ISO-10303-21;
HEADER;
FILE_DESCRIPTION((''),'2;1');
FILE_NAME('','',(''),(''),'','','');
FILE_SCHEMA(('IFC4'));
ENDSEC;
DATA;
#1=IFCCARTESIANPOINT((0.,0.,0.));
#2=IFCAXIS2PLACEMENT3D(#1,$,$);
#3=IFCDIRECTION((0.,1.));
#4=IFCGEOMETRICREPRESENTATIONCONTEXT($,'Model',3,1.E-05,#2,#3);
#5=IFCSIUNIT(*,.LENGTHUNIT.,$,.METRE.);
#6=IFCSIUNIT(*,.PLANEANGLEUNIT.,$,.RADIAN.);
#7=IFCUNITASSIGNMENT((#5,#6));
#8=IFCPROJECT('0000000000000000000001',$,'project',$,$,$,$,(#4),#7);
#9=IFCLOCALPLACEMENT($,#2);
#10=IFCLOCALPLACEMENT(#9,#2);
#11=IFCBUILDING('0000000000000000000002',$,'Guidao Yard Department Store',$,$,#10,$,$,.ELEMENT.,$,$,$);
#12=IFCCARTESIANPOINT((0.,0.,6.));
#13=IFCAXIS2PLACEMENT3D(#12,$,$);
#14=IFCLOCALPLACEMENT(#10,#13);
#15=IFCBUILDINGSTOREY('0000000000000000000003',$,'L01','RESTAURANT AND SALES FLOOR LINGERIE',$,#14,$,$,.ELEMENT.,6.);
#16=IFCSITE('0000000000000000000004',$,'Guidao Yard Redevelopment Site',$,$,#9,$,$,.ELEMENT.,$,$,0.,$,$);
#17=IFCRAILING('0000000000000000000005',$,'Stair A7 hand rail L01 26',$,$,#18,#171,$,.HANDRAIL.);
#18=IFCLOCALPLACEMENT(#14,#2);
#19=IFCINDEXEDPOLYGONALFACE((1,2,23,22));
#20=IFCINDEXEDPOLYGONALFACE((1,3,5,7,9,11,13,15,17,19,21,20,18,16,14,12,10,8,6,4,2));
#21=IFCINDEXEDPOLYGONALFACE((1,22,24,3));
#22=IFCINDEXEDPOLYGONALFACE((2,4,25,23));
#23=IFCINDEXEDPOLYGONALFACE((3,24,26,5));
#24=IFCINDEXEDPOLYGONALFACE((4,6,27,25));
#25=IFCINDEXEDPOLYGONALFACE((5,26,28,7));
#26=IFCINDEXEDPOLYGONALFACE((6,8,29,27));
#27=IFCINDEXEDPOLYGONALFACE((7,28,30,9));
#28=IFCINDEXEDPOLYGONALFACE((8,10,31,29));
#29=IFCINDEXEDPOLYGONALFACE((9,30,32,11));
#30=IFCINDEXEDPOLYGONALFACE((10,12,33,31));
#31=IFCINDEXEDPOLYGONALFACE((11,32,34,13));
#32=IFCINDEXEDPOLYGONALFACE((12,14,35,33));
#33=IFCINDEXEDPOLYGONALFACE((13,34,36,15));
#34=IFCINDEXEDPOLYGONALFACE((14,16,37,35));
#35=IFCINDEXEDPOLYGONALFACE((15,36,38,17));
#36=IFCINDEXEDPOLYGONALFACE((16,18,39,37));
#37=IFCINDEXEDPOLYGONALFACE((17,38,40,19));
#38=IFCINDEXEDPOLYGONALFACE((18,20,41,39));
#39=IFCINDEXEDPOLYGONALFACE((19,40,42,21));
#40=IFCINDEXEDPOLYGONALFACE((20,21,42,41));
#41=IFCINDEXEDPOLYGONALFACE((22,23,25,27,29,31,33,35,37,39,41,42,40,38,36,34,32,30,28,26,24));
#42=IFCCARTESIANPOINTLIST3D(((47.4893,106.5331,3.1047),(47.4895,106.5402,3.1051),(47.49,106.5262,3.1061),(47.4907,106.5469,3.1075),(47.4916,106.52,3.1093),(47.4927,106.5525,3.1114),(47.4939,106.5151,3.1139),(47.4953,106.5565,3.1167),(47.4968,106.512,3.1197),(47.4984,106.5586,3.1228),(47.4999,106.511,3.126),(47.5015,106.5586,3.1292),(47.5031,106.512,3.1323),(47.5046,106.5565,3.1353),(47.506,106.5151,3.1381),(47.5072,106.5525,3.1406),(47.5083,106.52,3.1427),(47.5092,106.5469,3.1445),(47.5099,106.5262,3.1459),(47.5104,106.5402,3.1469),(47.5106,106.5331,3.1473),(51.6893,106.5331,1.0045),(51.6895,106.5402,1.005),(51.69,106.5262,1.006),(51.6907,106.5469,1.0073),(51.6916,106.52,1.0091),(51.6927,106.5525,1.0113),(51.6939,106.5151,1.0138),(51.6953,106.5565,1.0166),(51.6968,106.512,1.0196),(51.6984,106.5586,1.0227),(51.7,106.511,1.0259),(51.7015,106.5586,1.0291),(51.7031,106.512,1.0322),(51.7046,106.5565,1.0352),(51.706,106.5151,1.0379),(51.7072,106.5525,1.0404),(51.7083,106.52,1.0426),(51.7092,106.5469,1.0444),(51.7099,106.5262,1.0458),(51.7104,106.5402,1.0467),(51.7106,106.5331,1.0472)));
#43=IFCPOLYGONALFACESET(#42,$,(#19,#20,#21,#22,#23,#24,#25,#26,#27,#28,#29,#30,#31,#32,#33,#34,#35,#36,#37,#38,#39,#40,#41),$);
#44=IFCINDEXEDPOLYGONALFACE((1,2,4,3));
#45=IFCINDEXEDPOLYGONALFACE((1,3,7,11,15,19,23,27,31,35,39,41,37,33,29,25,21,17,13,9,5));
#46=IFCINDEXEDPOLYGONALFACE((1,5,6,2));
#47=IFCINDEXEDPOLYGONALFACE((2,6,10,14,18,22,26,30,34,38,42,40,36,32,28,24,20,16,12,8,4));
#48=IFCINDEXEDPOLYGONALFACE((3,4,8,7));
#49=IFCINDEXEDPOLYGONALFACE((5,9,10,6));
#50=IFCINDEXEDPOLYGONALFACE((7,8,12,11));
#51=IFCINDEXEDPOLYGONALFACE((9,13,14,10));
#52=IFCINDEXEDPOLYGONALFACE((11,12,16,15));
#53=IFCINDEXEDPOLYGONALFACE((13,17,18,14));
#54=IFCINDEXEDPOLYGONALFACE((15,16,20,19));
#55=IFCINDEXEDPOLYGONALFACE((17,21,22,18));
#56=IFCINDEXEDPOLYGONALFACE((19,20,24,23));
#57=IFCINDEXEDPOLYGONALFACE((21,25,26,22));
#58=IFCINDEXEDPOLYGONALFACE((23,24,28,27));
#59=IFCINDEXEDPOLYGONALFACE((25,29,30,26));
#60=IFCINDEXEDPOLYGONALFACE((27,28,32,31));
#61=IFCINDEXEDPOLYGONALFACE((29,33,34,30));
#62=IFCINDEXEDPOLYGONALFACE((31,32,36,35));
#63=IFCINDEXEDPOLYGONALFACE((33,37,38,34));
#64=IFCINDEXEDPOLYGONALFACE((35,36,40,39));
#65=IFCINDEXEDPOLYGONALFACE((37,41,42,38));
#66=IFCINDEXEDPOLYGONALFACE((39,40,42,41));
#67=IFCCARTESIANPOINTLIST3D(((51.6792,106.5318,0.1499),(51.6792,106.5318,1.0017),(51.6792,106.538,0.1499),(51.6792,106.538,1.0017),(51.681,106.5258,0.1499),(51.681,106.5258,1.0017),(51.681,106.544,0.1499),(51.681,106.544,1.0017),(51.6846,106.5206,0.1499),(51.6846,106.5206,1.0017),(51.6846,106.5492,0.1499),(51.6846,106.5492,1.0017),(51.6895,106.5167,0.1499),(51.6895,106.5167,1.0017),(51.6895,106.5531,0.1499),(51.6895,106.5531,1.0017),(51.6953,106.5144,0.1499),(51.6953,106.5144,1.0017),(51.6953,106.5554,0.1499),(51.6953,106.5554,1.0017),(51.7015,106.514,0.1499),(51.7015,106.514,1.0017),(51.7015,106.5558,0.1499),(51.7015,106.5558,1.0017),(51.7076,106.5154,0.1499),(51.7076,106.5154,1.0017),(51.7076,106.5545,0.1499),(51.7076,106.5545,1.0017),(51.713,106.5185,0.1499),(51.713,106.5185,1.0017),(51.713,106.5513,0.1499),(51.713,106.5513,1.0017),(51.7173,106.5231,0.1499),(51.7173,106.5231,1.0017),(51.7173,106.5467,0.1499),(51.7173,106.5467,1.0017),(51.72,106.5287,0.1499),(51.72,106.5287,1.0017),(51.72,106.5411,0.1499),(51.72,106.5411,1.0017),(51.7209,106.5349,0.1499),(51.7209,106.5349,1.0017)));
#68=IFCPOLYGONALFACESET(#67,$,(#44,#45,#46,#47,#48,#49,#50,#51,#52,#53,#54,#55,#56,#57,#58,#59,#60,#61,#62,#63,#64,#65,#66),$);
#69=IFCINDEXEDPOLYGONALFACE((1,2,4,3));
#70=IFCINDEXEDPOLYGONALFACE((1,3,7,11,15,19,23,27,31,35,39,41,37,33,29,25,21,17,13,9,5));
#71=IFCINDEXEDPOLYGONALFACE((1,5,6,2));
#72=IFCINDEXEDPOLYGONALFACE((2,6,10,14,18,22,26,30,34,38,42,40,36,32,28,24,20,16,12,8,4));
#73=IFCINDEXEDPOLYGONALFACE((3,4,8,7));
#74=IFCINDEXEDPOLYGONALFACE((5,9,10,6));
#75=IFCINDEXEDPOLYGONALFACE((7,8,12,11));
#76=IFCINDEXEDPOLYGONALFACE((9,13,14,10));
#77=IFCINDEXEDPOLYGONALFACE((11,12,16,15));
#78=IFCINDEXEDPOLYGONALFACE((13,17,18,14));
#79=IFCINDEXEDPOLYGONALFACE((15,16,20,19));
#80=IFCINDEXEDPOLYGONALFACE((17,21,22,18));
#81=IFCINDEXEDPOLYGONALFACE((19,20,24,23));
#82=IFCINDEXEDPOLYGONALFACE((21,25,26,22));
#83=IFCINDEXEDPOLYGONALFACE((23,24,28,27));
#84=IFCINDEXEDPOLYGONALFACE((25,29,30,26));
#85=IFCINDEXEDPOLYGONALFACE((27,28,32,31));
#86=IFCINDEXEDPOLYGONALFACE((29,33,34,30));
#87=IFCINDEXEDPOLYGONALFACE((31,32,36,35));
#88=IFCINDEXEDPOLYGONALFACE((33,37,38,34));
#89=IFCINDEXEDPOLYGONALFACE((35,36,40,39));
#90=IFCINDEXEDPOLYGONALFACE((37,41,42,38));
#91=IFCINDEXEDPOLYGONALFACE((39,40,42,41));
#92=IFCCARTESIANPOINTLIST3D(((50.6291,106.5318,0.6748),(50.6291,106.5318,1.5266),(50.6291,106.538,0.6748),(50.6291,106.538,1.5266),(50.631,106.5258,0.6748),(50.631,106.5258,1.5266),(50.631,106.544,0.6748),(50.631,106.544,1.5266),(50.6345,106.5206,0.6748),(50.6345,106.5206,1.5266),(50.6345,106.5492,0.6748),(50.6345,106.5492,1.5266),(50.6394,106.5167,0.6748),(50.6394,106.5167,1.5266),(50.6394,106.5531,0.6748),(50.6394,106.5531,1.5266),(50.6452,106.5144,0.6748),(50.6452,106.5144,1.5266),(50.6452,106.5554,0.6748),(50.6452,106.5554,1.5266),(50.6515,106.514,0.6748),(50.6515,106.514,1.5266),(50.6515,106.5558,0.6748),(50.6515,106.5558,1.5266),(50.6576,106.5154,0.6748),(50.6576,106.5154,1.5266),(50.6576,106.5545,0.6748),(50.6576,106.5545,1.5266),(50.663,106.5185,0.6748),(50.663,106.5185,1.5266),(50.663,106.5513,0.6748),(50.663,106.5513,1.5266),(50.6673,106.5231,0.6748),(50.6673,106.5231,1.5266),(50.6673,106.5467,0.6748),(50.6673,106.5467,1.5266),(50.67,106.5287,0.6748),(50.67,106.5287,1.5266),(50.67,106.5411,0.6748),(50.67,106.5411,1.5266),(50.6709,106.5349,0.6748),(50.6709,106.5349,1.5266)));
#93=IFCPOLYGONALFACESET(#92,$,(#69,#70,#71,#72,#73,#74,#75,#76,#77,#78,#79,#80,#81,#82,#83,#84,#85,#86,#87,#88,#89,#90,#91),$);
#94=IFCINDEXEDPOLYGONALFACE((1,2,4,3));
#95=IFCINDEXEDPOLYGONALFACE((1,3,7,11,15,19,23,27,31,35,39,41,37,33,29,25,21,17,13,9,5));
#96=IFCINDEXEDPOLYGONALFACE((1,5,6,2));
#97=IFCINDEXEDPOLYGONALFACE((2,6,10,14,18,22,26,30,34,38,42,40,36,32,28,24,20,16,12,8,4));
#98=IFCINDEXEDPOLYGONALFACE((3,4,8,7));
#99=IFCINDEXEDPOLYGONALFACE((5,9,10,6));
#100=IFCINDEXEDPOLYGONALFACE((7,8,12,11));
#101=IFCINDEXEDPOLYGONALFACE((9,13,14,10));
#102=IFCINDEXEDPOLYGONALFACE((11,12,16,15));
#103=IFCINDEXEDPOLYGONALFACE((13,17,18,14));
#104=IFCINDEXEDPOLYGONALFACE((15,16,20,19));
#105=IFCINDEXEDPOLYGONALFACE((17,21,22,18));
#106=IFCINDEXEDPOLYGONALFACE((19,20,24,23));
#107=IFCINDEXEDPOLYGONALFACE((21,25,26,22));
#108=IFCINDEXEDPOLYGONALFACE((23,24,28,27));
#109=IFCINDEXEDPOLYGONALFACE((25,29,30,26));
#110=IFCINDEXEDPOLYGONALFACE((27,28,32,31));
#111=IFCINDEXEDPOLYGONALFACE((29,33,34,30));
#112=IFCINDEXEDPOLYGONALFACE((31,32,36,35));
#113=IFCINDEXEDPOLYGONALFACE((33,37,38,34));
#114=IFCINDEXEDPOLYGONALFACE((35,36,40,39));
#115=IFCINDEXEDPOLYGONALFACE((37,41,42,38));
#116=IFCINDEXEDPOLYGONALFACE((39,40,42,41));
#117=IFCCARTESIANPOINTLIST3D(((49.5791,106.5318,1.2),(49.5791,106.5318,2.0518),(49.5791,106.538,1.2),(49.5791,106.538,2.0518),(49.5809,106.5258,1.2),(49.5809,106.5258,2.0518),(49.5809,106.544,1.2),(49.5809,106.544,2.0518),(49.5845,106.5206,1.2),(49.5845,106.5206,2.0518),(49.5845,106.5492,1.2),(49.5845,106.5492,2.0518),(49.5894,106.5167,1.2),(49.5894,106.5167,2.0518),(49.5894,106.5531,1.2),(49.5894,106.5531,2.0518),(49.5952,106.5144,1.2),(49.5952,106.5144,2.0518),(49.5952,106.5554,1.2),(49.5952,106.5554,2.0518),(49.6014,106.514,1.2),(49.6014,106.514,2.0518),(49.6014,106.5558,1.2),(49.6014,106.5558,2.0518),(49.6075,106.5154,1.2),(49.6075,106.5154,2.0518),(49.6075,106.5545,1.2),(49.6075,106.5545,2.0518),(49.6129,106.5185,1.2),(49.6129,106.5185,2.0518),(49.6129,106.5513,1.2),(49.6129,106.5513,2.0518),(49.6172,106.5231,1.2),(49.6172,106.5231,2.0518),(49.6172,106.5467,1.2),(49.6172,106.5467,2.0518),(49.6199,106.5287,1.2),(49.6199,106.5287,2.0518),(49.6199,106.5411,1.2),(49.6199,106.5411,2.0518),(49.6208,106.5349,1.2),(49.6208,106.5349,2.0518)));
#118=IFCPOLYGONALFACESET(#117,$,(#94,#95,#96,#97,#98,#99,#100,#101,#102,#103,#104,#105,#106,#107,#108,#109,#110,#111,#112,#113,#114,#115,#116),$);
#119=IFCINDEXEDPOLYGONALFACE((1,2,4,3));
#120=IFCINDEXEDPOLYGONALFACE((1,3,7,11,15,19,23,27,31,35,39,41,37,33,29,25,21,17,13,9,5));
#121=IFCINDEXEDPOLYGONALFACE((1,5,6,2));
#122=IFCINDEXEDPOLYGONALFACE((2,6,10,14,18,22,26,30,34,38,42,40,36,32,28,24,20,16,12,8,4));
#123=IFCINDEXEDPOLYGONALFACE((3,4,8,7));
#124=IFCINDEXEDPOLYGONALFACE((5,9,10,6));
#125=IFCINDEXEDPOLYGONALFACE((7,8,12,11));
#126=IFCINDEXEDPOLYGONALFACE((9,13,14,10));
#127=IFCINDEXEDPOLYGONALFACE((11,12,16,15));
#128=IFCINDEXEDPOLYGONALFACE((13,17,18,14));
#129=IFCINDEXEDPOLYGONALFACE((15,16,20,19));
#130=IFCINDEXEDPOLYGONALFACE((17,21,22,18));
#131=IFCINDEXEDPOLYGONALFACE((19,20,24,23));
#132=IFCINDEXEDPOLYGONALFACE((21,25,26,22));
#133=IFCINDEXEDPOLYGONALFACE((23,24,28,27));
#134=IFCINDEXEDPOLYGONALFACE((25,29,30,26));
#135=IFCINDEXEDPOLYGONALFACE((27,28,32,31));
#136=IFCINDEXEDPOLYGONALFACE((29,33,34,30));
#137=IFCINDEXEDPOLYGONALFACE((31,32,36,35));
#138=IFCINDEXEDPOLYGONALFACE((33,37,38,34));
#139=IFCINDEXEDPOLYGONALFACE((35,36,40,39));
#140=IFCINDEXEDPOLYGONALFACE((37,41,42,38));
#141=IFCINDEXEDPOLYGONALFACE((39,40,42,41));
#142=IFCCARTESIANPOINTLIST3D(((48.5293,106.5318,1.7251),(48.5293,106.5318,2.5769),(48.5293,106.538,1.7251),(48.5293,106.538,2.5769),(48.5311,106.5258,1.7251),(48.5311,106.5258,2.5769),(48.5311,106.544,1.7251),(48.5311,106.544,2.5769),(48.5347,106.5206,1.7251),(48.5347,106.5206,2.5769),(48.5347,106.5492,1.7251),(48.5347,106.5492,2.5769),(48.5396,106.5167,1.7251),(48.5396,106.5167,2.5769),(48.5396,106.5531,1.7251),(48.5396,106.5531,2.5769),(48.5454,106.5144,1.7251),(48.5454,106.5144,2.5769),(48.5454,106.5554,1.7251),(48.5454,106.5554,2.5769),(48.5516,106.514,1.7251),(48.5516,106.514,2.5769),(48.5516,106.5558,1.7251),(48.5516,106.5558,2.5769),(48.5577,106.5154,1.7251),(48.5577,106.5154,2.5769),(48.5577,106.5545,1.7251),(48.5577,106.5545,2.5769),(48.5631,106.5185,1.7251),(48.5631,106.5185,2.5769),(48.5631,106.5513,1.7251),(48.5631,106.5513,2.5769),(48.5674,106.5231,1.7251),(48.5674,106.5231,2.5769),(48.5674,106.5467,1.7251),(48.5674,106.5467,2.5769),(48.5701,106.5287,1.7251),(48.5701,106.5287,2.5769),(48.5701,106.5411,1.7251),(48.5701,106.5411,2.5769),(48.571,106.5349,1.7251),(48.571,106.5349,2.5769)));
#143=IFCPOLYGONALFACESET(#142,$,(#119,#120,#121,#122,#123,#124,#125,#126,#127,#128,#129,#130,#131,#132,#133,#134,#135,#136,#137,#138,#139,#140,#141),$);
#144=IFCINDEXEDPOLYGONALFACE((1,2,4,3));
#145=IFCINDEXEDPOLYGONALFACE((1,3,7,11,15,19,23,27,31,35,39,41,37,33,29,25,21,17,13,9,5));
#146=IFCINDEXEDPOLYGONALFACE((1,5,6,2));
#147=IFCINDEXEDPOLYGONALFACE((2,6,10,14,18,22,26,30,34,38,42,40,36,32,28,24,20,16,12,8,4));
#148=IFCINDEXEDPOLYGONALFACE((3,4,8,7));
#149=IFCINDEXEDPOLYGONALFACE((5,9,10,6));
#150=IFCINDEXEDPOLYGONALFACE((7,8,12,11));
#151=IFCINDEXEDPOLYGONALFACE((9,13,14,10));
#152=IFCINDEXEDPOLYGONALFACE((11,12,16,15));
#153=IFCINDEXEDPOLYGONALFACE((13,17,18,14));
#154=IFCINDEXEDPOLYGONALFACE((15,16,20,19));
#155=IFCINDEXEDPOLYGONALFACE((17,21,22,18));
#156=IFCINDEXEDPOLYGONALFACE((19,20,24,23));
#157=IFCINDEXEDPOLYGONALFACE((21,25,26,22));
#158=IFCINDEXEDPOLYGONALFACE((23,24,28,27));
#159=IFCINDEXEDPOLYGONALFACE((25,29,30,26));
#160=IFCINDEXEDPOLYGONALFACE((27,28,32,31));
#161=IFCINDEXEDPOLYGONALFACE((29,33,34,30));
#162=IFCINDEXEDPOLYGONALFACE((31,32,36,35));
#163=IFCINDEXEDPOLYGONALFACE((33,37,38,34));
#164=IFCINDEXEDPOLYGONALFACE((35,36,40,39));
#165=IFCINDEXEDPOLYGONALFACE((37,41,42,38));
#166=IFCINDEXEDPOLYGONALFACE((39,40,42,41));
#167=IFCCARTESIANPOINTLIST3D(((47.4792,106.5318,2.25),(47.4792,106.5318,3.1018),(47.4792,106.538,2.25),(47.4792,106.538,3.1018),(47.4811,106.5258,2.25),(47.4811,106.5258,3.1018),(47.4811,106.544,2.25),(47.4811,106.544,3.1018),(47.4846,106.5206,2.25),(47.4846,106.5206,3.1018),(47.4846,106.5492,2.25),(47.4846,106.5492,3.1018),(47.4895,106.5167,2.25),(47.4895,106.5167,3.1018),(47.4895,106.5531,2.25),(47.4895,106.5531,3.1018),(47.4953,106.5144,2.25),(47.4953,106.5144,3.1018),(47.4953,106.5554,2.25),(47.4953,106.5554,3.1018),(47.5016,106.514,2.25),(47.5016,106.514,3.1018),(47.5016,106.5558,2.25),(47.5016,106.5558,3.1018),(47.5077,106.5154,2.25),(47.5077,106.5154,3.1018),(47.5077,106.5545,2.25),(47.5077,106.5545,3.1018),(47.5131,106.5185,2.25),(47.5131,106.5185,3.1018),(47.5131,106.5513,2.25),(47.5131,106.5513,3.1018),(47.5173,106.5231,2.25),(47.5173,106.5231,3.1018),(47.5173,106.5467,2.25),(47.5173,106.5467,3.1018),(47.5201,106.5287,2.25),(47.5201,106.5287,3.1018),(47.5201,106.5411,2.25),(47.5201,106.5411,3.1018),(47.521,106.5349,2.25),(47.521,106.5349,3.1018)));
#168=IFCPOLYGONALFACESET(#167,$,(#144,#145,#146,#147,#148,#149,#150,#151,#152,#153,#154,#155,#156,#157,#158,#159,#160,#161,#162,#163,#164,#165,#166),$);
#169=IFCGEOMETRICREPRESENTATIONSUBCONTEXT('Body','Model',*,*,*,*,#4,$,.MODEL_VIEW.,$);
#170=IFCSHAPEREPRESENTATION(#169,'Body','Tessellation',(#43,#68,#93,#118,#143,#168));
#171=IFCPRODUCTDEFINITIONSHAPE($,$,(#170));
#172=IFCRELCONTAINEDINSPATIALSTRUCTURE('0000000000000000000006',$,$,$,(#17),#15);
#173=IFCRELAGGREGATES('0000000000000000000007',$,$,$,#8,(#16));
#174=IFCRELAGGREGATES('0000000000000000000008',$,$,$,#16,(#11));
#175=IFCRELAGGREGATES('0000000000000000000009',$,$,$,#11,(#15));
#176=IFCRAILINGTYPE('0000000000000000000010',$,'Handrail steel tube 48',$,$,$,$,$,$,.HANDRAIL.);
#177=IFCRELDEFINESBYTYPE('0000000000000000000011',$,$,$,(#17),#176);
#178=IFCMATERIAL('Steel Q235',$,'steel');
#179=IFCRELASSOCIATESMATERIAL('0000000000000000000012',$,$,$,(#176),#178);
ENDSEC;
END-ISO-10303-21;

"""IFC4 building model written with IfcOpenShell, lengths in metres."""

from ifc_helpers import new_model, si_unit, direction, frame, origin, origin_2d, place, context, subcontext, project, spatial, circle, extrude, material, type_object, element, save


model = new_model("IFC4")

# Units and contexts
model_context = context("Model", 3, precision=1e-05, world=origin(), true_north=direction((0.0, 1.0)))
body_context = subcontext(model_context, "Body", "Model", "MODEL_VIEW")
ifc_project = project(units=[si_unit("LENGTHUNIT", "METRE"), si_unit("PLANEANGLEUNIT", "RADIAN")], contexts=[model_context])

# Site, building, storey
site_placement = place(None, origin())
site = spatial("IfcSite", under=ifc_project, at=site_placement, Name="Guidao Yard Redevelopment Site", CompositionType="ELEMENT", RefElevation=0.0)
building_placement = place(site_placement, origin())
building = spatial("IfcBuilding", under=site, at=building_placement, Name="Guidao Yard Department Store", CompositionType="ELEMENT")
storey_placement = place(building_placement, frame((0.0, 0.0, 6.0)))
storey = spatial("IfcBuildingStorey", under=building, at=storey_placement, Name="L01", Description="RESTAURANT AND SALES FLOOR LINGERIE", CompositionType="ELEMENT", Elevation=6.0)

# Railing
ifc_material_1 = material(Name="Steel Q235", Category="steel")
railing_type_1 = type_object("IfcRailingType", Name="Handrail steel tube 48", PredefinedType="HANDRAIL", material=ifc_material_1)
for number, where, name in (
    (1, (51.7, 106.5349, 0.1499), "Stair A7 hand rail L01 26"),
):
    element("IfcRailing", number, at=place(storey_placement, frame(where)), inside=storey, type_object=railing_type_1, Name=name, PredefinedType="HANDRAIL", context=body_context, shape_type="SweptSolid", body=[
        extrude(circle(Radius=0.0239, at=origin_2d()), frame((0.0, 0.0, 0.876), z_axis=(-0.894417, 0.0, 0.447234), x_axis=(0.0, -1.0, 0.0)), (0.0, 0.0, 1.0), 4.6958),
        extrude(circle(Radius=0.021, at=origin_2d()), origin(), (0.0, 0.0, 1.0), 0.8518),
        extrude(circle(Radius=0.021, at=origin_2d()), frame((-1.05, 0.0, 0.5249)), (0.0, 0.0, 1.0), 0.8518),
        extrude(circle(Radius=0.021, at=origin_2d()), frame((-2.1001, 0.0, 1.05)), (0.0, 0.0, 1.0), 0.8518),
        extrude(circle(Radius=0.021, at=origin_2d()), frame((-3.1499, 0.0, 1.5752)), (0.0, 0.0, 1.0), 0.8518),
        extrude(circle(Radius=0.021, at=origin_2d()), frame((-4.2, 0.0, 2.1001)), (0.0, 0.0, 1.0), 0.8518),
    ])

save(model, "model.ifc")
